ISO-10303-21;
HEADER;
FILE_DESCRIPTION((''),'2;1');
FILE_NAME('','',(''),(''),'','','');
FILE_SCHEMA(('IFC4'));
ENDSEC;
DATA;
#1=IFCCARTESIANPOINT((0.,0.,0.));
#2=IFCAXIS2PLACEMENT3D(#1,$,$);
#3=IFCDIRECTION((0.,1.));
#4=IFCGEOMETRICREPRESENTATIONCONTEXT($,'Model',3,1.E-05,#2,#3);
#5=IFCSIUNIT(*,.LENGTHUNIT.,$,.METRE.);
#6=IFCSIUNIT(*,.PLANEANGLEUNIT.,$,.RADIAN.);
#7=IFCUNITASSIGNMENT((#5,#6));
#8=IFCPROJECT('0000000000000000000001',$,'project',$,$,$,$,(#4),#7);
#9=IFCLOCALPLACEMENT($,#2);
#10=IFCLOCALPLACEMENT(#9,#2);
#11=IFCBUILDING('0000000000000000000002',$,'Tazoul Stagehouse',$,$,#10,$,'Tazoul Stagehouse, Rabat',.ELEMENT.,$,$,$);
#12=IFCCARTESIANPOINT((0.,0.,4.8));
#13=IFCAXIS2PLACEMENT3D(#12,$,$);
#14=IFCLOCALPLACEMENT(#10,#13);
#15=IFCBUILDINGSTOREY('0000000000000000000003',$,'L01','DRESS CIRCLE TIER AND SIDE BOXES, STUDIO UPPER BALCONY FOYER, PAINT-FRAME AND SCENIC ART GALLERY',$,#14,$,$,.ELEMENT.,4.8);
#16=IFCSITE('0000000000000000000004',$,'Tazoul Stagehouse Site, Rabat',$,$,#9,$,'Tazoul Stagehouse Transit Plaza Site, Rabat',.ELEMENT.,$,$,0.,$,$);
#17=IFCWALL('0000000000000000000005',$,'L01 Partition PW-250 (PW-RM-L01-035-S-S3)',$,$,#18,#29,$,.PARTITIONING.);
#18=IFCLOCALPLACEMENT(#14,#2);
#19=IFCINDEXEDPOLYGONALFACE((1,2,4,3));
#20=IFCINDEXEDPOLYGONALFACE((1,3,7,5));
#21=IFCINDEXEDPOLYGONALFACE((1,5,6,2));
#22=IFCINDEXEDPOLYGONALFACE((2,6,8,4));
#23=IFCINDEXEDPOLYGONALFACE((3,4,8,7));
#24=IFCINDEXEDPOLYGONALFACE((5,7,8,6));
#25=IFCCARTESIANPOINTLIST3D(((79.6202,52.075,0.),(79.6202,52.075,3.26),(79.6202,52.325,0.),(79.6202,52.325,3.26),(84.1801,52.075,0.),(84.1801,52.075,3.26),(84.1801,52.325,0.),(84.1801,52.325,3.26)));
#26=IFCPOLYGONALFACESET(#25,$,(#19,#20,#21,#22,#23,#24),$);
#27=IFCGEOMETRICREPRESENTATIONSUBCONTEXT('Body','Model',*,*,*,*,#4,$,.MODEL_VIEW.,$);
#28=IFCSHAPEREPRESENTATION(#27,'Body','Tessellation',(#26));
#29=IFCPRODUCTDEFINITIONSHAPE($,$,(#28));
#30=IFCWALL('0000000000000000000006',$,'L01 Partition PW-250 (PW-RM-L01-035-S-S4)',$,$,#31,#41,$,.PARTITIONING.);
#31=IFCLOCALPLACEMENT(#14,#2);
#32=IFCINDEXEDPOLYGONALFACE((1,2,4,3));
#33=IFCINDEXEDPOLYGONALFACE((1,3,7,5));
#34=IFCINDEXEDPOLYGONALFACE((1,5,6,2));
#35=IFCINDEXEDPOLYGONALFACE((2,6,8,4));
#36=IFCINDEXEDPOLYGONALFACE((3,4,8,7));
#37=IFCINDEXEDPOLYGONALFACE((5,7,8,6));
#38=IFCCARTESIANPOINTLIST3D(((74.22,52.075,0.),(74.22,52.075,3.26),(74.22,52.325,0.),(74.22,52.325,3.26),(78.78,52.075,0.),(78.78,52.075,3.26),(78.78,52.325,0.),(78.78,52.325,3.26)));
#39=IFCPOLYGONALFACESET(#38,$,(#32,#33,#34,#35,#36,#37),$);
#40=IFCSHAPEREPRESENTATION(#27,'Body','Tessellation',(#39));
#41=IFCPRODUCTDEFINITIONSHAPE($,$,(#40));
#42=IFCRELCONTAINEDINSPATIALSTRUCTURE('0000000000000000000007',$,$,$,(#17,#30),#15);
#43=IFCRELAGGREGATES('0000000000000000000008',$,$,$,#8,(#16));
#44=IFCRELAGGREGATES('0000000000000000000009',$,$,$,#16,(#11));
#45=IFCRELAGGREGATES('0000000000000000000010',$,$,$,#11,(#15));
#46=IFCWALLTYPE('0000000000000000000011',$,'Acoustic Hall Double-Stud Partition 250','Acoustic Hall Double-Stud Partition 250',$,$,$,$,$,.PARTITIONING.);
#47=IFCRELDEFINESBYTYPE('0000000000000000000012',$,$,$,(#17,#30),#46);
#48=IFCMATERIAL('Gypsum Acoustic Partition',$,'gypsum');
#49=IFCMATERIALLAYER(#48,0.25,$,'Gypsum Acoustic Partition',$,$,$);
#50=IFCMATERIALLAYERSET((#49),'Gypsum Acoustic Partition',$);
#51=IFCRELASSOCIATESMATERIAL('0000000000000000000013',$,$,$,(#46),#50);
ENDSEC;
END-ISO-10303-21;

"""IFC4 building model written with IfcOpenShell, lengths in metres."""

from ifc_helpers import new_model, si_unit, direction, frame, frame_2d, origin, place, context, subcontext, project, spatial, rectangle, extrude, material, layer, layer_set, type_object, element, save


model = new_model("IFC4")

# Units and contexts
model_context = context("Model", 3, precision=1e-05, world=origin(), true_north=direction((0.0, 1.0)))
body_context = subcontext(model_context, "Body", "Model", "MODEL_VIEW")
ifc_project = project(units=[si_unit("LENGTHUNIT", "METRE"), si_unit("PLANEANGLEUNIT", "RADIAN")], contexts=[model_context])

# Site, building, storey
site_placement = place(None, origin())
site = spatial("IfcSite", under=ifc_project, at=site_placement, Name="Tazoul Stagehouse Site, Rabat", LongName="Tazoul Stagehouse Transit Plaza Site, Rabat", CompositionType="ELEMENT", RefElevation=0.0)
building_placement = place(site_placement, origin())
building = spatial("IfcBuilding", under=site, at=building_placement, Name="Tazoul Stagehouse", LongName="Tazoul Stagehouse, Rabat", CompositionType="ELEMENT")
storey_placement = place(building_placement, frame((0.0, 0.0, 4.8)))
storey = spatial("IfcBuildingStorey", under=building, at=storey_placement, Name="L01", Description="DRESS CIRCLE TIER AND SIDE BOXES, STUDIO UPPER BALCONY FOYER, PAINT-FRAME AND SCENIC ART GALLERY", CompositionType="ELEMENT", Elevation=4.8)

# Shared definitions
ifc_material_1 = material(Name="Gypsum Acoustic Partition", Category="gypsum")
ifc_layer = layer(ifc_material_1, 0.25, Name="Gypsum Acoustic Partition")
ifc_layer_set = layer_set([ifc_layer], Name="Gypsum Acoustic Partition")
wall_type = type_object("IfcWallType", Name="Acoustic Hall Double-Stud Partition 250", Description="Acoustic Hall Double-Stud Partition 250", PredefinedType="PARTITIONING", material=ifc_layer_set)

# Walls
wall_1_placement = place(storey_placement, frame((84.1799, 52.2, 0.0), z_axis=(0.0, 0.0, 1.0), x_axis=(-1.0, 0.0, 0.0)))
element("IfcWall", 1, at=wall_1_placement, inside=storey, type_object=wall_type, Name="L01 Partition PW-250 (PW-RM-L01-035-S-S3)", PredefinedType="PARTITIONING", context=body_context, shape_type="SweptSolid", body=[
    extrude(rectangle(XDim=4.5598, YDim=0.25, at=frame_2d((2.2798, 0.0))), origin(), (0.0, 0.0, 1.0), 3.26),
])
wall_2_placement = place(storey_placement, frame((78.78, 52.2, 0.0), z_axis=(0.0, 0.0, 1.0), x_axis=(-1.0, 0.0, 0.0)))
element("IfcWall", 2, at=wall_2_placement, inside=storey, type_object=wall_type, Name="L01 Partition PW-250 (PW-RM-L01-035-S-S4)", PredefinedType="PARTITIONING", context=body_context, shape_type="SweptSolid", body=[
    extrude(rectangle(XDim=4.5601, YDim=0.25, at=frame_2d((2.28, 0.0))), origin(), (0.0, 0.0, 1.0), 3.26),
])

save(model, "model.ifc")
